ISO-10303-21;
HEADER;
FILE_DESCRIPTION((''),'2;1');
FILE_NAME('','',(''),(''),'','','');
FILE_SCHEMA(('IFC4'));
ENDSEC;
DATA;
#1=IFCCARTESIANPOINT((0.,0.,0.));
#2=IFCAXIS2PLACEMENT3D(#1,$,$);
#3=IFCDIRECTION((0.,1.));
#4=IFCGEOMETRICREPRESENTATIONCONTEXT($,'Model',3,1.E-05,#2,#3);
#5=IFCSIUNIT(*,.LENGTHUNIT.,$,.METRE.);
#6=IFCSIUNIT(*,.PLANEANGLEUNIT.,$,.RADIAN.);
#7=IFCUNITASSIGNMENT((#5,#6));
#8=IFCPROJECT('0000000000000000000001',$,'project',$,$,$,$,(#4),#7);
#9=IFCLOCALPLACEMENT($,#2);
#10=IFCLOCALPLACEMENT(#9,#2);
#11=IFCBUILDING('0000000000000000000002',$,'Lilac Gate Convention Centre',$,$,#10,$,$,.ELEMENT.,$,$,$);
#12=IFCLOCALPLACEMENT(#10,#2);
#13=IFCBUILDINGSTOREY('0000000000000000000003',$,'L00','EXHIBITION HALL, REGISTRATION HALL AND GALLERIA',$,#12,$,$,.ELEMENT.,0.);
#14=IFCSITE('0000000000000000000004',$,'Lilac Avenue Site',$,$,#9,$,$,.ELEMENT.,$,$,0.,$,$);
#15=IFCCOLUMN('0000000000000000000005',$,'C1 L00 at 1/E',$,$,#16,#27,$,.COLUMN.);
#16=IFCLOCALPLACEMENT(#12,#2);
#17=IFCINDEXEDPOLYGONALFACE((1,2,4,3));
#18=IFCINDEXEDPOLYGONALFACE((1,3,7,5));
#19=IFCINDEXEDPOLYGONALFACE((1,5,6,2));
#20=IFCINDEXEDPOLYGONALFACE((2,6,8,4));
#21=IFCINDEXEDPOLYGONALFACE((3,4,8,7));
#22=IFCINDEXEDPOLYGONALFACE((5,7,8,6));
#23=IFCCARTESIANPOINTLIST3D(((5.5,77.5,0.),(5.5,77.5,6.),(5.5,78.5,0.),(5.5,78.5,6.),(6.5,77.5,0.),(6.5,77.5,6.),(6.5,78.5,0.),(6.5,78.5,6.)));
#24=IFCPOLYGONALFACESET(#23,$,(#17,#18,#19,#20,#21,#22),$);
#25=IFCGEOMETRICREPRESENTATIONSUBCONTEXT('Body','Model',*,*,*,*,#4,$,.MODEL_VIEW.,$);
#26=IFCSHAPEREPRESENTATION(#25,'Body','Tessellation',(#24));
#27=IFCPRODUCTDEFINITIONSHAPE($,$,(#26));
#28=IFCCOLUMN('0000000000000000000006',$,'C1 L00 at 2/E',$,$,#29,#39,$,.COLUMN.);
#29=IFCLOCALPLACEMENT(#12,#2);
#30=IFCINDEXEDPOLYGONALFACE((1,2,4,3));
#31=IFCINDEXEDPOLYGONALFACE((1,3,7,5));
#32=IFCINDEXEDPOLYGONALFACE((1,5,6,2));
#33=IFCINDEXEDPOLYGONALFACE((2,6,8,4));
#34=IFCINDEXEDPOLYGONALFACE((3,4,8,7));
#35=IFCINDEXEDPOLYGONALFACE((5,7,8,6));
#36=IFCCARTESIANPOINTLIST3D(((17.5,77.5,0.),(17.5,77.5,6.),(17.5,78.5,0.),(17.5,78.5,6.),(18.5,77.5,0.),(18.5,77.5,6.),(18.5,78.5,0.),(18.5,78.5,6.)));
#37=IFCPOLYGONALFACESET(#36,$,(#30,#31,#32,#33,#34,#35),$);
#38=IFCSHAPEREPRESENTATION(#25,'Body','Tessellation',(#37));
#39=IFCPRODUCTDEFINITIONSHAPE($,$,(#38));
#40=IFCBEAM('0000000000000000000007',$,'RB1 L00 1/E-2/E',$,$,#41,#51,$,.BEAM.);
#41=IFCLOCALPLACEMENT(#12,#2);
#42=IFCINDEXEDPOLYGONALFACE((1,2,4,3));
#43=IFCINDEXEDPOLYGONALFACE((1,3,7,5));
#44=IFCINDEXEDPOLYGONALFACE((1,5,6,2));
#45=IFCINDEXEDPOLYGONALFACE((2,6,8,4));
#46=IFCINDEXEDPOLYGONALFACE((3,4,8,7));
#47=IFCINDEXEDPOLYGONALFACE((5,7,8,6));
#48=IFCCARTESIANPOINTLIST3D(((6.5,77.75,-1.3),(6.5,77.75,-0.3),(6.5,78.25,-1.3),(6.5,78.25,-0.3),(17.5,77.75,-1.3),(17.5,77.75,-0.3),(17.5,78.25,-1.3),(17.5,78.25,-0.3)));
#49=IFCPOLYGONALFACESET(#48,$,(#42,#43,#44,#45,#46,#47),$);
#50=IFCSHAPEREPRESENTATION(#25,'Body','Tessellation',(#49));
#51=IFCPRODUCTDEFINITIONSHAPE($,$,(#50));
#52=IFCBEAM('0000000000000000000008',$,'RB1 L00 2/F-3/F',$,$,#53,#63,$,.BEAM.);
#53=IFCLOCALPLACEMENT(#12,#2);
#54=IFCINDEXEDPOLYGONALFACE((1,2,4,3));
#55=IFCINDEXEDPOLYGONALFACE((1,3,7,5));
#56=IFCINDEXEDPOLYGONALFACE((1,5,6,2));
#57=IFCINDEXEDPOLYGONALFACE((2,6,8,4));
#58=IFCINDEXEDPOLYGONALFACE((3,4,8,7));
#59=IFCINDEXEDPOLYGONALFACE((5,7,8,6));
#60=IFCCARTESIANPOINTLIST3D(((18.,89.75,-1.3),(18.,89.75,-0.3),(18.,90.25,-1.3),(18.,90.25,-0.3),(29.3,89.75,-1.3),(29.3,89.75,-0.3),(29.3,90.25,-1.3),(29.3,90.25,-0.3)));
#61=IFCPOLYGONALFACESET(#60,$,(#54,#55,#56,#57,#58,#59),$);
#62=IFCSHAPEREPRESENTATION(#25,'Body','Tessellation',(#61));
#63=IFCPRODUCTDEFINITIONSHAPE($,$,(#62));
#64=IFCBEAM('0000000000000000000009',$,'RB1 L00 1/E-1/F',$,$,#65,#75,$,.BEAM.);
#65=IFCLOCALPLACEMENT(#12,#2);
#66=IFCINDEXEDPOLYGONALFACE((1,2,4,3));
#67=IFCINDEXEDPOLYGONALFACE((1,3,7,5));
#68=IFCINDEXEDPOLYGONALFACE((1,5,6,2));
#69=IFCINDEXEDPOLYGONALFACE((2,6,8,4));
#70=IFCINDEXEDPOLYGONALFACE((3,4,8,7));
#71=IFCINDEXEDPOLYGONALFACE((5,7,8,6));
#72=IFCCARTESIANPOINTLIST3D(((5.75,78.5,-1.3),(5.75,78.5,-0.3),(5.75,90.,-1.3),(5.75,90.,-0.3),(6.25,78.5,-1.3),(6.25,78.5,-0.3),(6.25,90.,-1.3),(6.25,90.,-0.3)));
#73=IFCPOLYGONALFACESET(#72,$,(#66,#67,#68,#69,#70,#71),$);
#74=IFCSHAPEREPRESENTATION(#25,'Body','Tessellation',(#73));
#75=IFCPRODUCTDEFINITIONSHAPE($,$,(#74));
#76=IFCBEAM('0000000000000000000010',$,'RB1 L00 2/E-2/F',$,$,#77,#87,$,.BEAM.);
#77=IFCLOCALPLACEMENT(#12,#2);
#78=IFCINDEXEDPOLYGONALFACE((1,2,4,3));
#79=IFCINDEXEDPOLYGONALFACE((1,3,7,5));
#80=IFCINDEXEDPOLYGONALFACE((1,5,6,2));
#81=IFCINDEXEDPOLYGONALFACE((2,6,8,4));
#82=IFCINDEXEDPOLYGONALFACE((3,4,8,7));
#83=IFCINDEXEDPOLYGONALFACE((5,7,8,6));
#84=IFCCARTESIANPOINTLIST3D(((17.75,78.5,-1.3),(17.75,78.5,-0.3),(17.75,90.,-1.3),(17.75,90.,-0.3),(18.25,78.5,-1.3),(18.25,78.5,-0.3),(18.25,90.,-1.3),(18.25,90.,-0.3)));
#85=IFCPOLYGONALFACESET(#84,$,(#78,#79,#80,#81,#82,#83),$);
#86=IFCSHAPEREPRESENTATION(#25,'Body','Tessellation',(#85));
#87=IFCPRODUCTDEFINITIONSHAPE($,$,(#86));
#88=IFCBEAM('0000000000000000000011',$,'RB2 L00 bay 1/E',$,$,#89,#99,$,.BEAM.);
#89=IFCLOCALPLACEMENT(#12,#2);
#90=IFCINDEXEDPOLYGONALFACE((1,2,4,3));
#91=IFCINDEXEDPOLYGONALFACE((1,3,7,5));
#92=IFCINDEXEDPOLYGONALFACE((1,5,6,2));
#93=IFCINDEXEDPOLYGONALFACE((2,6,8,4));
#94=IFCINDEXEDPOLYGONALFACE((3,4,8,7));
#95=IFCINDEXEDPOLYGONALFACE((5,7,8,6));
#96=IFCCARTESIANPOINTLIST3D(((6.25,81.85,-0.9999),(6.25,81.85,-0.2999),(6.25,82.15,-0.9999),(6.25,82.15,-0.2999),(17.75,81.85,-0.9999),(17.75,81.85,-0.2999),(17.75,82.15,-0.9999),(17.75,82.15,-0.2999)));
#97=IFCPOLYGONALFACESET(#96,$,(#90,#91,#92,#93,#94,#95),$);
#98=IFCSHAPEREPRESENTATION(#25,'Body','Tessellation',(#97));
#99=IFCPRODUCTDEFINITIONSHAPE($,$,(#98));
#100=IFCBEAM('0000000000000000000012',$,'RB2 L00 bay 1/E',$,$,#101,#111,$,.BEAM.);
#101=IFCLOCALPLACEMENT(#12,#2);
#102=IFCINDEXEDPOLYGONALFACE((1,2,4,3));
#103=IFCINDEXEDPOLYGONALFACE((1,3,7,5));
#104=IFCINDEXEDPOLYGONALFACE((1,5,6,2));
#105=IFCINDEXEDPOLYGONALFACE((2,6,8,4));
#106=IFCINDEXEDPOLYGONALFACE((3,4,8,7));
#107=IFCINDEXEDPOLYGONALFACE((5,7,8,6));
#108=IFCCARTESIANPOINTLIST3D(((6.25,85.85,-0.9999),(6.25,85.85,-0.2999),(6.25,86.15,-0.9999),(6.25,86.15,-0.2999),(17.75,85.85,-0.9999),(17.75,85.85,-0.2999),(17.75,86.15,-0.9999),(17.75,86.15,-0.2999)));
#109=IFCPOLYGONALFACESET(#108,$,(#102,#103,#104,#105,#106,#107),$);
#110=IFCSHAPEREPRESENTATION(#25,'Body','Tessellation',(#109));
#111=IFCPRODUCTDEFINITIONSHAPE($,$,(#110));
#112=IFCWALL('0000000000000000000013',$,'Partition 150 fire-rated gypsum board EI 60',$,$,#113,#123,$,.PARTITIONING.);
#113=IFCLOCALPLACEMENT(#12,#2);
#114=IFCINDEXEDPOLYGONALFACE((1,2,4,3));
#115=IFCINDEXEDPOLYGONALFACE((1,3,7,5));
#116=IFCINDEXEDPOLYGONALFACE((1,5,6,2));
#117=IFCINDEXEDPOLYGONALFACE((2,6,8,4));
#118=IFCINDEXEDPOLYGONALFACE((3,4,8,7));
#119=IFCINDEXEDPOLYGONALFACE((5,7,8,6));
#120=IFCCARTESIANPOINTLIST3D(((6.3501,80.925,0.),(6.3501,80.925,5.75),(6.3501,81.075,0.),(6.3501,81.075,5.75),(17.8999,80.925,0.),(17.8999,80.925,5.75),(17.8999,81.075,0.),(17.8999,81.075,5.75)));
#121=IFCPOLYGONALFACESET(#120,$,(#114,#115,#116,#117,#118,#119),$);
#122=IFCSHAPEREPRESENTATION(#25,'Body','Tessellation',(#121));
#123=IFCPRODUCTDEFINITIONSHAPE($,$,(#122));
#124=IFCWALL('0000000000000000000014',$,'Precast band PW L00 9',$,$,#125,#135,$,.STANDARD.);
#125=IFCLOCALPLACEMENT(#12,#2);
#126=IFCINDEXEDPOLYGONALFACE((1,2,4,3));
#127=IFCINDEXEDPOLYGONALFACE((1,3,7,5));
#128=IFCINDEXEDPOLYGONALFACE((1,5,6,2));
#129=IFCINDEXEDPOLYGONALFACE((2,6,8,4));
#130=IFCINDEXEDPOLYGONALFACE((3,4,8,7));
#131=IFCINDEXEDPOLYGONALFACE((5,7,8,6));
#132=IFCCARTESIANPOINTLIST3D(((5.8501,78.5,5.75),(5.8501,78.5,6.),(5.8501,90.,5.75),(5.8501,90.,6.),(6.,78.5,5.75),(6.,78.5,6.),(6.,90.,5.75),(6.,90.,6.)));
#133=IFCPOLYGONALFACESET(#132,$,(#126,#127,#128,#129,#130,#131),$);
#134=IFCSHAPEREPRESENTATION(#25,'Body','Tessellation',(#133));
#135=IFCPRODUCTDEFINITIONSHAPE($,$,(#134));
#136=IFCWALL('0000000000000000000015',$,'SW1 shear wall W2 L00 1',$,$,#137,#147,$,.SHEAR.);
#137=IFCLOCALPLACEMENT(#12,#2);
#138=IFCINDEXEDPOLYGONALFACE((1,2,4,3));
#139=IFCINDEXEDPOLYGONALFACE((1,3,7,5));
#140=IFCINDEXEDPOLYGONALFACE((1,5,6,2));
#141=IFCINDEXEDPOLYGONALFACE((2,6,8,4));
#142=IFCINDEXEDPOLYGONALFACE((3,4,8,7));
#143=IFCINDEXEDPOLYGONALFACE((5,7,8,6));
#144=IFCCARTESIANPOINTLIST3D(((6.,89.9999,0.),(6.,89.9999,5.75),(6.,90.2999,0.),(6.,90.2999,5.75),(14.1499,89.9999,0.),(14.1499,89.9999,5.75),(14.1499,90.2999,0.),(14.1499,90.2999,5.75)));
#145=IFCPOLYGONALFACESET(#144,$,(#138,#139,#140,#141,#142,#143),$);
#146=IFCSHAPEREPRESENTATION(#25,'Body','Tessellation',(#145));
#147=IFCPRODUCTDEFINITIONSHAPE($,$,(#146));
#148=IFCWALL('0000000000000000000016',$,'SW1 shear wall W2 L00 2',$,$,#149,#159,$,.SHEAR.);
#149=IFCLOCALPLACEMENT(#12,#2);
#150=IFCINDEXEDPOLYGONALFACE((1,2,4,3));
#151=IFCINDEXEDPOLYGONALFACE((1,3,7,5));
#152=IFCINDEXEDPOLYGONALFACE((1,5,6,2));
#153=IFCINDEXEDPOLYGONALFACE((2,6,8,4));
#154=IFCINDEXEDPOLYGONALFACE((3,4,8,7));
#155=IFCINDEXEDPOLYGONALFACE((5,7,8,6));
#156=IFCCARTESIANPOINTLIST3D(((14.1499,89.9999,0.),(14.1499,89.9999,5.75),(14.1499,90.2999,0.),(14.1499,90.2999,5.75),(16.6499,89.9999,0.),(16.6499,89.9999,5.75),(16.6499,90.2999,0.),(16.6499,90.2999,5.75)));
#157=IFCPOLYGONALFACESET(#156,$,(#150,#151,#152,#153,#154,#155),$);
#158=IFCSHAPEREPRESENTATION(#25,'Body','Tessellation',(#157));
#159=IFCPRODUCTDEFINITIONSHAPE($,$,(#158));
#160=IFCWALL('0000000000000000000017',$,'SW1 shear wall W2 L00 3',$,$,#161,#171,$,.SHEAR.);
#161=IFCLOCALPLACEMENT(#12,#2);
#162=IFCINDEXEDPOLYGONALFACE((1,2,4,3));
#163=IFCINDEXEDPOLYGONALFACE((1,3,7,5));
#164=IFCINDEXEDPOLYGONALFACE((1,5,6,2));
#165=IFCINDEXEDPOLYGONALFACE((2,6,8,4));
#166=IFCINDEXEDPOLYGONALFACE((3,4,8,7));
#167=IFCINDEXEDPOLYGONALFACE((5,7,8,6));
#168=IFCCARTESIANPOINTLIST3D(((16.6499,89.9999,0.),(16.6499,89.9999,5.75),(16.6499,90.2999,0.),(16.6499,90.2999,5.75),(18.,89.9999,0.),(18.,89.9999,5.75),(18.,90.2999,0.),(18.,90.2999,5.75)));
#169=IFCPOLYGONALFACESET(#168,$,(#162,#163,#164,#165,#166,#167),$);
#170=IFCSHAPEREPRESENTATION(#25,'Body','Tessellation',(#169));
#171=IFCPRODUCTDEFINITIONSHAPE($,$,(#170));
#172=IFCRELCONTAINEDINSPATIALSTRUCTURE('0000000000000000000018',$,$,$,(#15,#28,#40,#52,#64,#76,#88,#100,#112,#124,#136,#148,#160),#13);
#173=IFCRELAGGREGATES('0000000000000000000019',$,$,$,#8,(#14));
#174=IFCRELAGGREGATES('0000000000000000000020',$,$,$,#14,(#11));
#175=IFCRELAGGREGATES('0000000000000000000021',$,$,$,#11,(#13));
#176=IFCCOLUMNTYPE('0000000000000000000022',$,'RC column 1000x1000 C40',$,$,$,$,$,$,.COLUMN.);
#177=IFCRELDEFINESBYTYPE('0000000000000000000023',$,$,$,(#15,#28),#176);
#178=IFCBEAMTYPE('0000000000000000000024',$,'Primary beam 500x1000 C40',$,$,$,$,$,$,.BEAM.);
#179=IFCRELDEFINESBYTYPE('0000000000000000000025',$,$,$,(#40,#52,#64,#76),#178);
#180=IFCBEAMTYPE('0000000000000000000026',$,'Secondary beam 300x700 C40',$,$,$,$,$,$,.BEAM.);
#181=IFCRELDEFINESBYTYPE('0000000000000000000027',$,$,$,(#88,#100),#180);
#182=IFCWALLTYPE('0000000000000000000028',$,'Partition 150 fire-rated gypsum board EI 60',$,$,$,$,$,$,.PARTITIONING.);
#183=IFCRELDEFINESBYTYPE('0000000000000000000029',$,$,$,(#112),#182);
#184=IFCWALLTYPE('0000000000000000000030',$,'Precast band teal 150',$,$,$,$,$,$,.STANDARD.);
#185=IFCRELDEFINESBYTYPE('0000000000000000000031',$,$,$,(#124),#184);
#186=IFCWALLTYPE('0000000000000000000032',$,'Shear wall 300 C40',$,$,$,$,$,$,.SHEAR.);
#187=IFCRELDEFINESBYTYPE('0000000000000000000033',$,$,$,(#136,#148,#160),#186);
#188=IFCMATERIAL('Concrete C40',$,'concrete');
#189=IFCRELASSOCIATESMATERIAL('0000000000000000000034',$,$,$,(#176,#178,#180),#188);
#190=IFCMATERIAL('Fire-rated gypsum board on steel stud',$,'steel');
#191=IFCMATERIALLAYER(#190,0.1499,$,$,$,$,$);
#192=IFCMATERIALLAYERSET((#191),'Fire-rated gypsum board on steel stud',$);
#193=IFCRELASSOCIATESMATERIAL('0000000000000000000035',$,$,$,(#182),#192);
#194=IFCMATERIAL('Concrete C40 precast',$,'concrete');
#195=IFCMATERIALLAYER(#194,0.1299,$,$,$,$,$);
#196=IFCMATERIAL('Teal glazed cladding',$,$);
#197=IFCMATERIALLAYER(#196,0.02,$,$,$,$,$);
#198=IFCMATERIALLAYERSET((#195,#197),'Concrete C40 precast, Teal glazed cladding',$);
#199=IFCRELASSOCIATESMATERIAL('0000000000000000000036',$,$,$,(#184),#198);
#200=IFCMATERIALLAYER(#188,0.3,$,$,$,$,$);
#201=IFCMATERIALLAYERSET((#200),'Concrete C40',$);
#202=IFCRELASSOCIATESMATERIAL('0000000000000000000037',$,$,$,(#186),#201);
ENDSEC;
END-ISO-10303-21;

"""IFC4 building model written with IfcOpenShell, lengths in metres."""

from ifc_helpers import new_model, si_unit, direction, frame, frame_2d, origin, origin_2d, place, context, subcontext, project, spatial, rectangle, extrude, material, layer, layer_set, material_profile, profile_set, type_object, element, save


model = new_model("IFC4")

# Units and contexts
model_context = context("Model", 3, precision=1e-05, world=origin(), true_north=direction((0.0, 1.0)))
body_context = subcontext(model_context, "Body", "Model", "MODEL_VIEW")
ifc_project = project(units=[si_unit("LENGTHUNIT", "METRE"), si_unit("PLANEANGLEUNIT", "RADIAN")], contexts=[model_context])

# Site, building, storey
site_placement = place(None, origin())
site = spatial("IfcSite", under=ifc_project, at=site_placement, Name="Lilac Avenue Site", CompositionType="ELEMENT", RefElevation=0.0)
building_placement = place(site_placement, origin())
building = spatial("IfcBuilding", under=site, at=building_placement, Name="Lilac Gate Convention Centre", CompositionType="ELEMENT")
storey_placement = place(building_placement, origin())
storey = spatial("IfcBuildingStorey", under=building, at=storey_placement, Name="L00", Description="EXHIBITION HALL, REGISTRATION HALL AND GALLERIA", CompositionType="ELEMENT", Elevation=0.0)

# Columns
ifc_material_1 = material(Name="Concrete C40", Category="concrete")
ifc_material_profile_1 = material_profile(ifc_material_1, rectangle(XDim=1.0, YDim=1.0, at=origin_2d()), Name="RC 1000x1000")
ifc_profile_set_1 = profile_set([ifc_material_profile_1], Name="Concrete C40")
column_type = type_object("IfcColumnType", Name="RC column 1000x1000 C40", PredefinedType="COLUMN", material=ifc_profile_set_1)
for number, where, z_axis, x_axis, name in (
    (1, (6.0, 78.0, 0.0), (0.0, 0.0, 1.0), (1.0, 0.0, 0.0), "C1 L00 at 1/E"),
    (2, (18.0, 78.0, 0.0), (0.0, 0.0, 1.0), (1.0, 0.0, 0.0), "C1 L00 at 2/E"),
):
    element("IfcColumn", number, at=place(storey_placement, frame(where, z_axis=z_axis, x_axis=x_axis)), inside=storey, type_object=column_type, Name=name, PredefinedType="COLUMN", context=body_context, shape_type="SweptSolid", body=[
        extrude(rectangle(XDim=1.0, YDim=1.0, at=origin_2d()), origin(), (0.0, 0.0, 1.0), 6.0),
    ])

# Beams
ifc_material_profile_2 = material_profile(ifc_material_1, rectangle(XDim=0.5, YDim=1.0, at=origin_2d()), Name="RC 500x1000")
ifc_profile_set_2 = profile_set([ifc_material_profile_2], Name="Concrete C40")
beam_type_1 = type_object("IfcBeamType", Name="Primary beam 500x1000 C40", PredefinedType="BEAM", material=ifc_profile_set_2)
beam_1_placement = place(storey_placement, frame((6.5, 78.0, -0.8), z_axis=(1.0, 0.0, 0.0), x_axis=(0.0, 1.0, 0.0)))
element("IfcBeam", 3, at=beam_1_placement, inside=storey, type_object=beam_type_1, Name="RB1 L00 1/E-2/E", PredefinedType="BEAM", context=body_context, shape_type="SweptSolid", body=[
    extrude(rectangle(XDim=0.5, YDim=1.0, at=origin_2d()), origin(), (0.0, 0.0, 1.0), 11.0),
])
beam_2_placement = place(storey_placement, frame((18.0, 90.0, -0.8), z_axis=(1.0, 0.0, 0.0), x_axis=(0.0, 1.0, 0.0)))
element("IfcBeam", 4, at=beam_2_placement, inside=storey, type_object=beam_type_1, Name="RB1 L00 2/F-3/F", PredefinedType="BEAM", context=body_context, shape_type="SweptSolid", body=[
    extrude(rectangle(XDim=0.5, YDim=1.0, at=origin_2d()), origin(), (0.0, 0.0, 1.0), 11.3),
])
for number, where, z_axis, x_axis, name in (
    (5, (6.0, 78.5, -0.8), (0.0, 1.0, 0.0), (-1.0, 0.0, 0.0), "RB1 L00 1/E-1/F"),
    (6, (18.0, 78.5, -0.8), (0.0, 1.0, 0.0), (-1.0, 0.0, 0.0), "RB1 L00 2/E-2/F"),
):
    element("IfcBeam", number, at=place(storey_placement, frame(where, z_axis=z_axis, x_axis=x_axis)), inside=storey, type_object=beam_type_1, Name=name, PredefinedType="BEAM", context=body_context, shape_type="SweptSolid", body=[
        extrude(rectangle(XDim=0.5, YDim=1.0, at=origin_2d()), origin(), (0.0, 0.0, 1.0), 11.5),
    ])
ifc_material_profile_3 = material_profile(ifc_material_1, rectangle(XDim=0.3, YDim=0.7, at=origin_2d()), Name="RC 300x700")
ifc_profile_set_3 = profile_set([ifc_material_profile_3], Name="Concrete C40")
beam_type_2 = type_object("IfcBeamType", Name="Secondary beam 300x700 C40", PredefinedType="BEAM", material=ifc_profile_set_3)
for number, where, z_axis, x_axis, name in (
    (7, (6.25, 82.0, -0.6499), (1.0, 0.0, 0.0), (0.0, 1.0, 0.0), "RB2 L00 bay 1/E"),
    (8, (6.25, 86.0, -0.6499), (1.0, 0.0, 0.0), (0.0, 1.0, 0.0), "RB2 L00 bay 1/E"),
):
    element("IfcBeam", number, at=place(storey_placement, frame(where, z_axis=z_axis, x_axis=x_axis)), inside=storey, type_object=beam_type_2, Name=name, PredefinedType="BEAM", context=body_context, shape_type="SweptSolid", body=[
        extrude(rectangle(XDim=0.3, YDim=0.7, at=origin_2d()), origin(), (0.0, 0.0, 1.0), 11.5),
    ])

# Wall
ifc_material_2 = material(Name="Fire-rated gypsum board on steel stud", Category="steel")
ifc_layer_1 = layer(ifc_material_2, 0.1499)
ifc_layer_set_1 = layer_set([ifc_layer_1], Name="Fire-rated gypsum board on steel stud")
wall_type_1 = type_object("IfcWallType", Name="Partition 150 fire-rated gypsum board EI 60", PredefinedType="PARTITIONING", material=ifc_layer_set_1)
wall_1_placement = place(storey_placement, frame((6.3501, 81.0, 0.0), z_axis=(0.0, 0.0, 1.0), x_axis=(1.0, 0.0, 0.0)))
element("IfcWall", 9, at=wall_1_placement, inside=storey, type_object=wall_type_1, Name="Partition 150 fire-rated gypsum board EI 60", PredefinedType="PARTITIONING", context=body_context, shape_type="SweptSolid", body=[
    extrude(rectangle(XDim=11.5498, YDim=0.1499, at=frame_2d((5.7749, 0.0))), origin(), (0.0, 0.0, 1.0), 5.75),
])

# Shared definitions
ifc_material_3 = material(Name="Concrete C40 precast", Category="concrete")

# Walls
ifc_layer_2 = layer(ifc_material_3, 0.1299)
ifc_material_4 = material(Name="Teal glazed cladding")
ifc_layer_3 = layer(ifc_material_4, 0.02)
ifc_layer_set_2 = layer_set([ifc_layer_2, ifc_layer_3], Name="Concrete C40 precast, Teal glazed cladding")
wall_type_2 = type_object("IfcWallType", Name="Precast band teal 150", PredefinedType="STANDARD", material=ifc_layer_set_2)
wall_2_placement = place(storey_placement, frame((5.925, 90.0, 5.75), z_axis=(0.0, 0.0, 1.0), x_axis=(0.0, -1.0, 0.0)))
element("IfcWall", 10, at=wall_2_placement, inside=storey, type_object=wall_type_2, Name="Precast band PW L00 9", PredefinedType="STANDARD", context=body_context, shape_type="SweptSolid", body=[
    extrude(rectangle(XDim=11.5, YDim=0.1499, at=frame_2d((5.75, 0.0))), origin(), (0.0, 0.0, 1.0), 0.25),
])
ifc_layer_4 = layer(ifc_material_1, 0.3)
ifc_layer_set_3 = layer_set([ifc_layer_4], Name="Concrete C40")
wall_type_3 = type_object("IfcWallType", Name="Shear wall 300 C40", PredefinedType="SHEAR", material=ifc_layer_set_3)
wall_3_placement = place(storey_placement, frame((6.0, 90.1499, 0.0), z_axis=(0.0, 0.0, 1.0), x_axis=(1.0, 0.0, 0.0)))
element("IfcWall", 11, at=wall_3_placement, inside=storey, type_object=wall_type_3, Name="SW1 shear wall W2 L00 1", PredefinedType="SHEAR", context=body_context, shape_type="SweptSolid", body=[
    extrude(rectangle(XDim=8.1499, YDim=0.3, at=frame_2d((4.075, 0.0))), origin(), (0.0, 0.0, 1.0), 5.75),
])
wall_4_placement = place(storey_placement, frame((14.1499, 90.1499, 0.0), z_axis=(0.0, 0.0, 1.0), x_axis=(1.0, 0.0, 0.0)))
element("IfcWall", 12, at=wall_4_placement, inside=storey, type_object=wall_type_3, Name="SW1 shear wall W2 L00 2", PredefinedType="SHEAR", context=body_context, shape_type="SweptSolid", body=[
    extrude(rectangle(XDim=2.5, YDim=0.3, at=frame_2d((1.25, 0.0))), origin(), (0.0, 0.0, 1.0), 5.75),
])
wall_5_placement = place(storey_placement, frame((16.6499, 90.1499, 0.0), z_axis=(0.0, 0.0, 1.0), x_axis=(1.0, 0.0, 0.0)))
element("IfcWall", 13, at=wall_5_placement, inside=storey, type_object=wall_type_3, Name="SW1 shear wall W2 L00 3", PredefinedType="SHEAR", context=body_context, shape_type="SweptSolid", body=[
    extrude(rectangle(XDim=1.3501, YDim=0.3, at=frame_2d((0.675, 0.0))), origin(), (0.0, 0.0, 1.0), 5.75),
])

save(model, "model.ifc")
